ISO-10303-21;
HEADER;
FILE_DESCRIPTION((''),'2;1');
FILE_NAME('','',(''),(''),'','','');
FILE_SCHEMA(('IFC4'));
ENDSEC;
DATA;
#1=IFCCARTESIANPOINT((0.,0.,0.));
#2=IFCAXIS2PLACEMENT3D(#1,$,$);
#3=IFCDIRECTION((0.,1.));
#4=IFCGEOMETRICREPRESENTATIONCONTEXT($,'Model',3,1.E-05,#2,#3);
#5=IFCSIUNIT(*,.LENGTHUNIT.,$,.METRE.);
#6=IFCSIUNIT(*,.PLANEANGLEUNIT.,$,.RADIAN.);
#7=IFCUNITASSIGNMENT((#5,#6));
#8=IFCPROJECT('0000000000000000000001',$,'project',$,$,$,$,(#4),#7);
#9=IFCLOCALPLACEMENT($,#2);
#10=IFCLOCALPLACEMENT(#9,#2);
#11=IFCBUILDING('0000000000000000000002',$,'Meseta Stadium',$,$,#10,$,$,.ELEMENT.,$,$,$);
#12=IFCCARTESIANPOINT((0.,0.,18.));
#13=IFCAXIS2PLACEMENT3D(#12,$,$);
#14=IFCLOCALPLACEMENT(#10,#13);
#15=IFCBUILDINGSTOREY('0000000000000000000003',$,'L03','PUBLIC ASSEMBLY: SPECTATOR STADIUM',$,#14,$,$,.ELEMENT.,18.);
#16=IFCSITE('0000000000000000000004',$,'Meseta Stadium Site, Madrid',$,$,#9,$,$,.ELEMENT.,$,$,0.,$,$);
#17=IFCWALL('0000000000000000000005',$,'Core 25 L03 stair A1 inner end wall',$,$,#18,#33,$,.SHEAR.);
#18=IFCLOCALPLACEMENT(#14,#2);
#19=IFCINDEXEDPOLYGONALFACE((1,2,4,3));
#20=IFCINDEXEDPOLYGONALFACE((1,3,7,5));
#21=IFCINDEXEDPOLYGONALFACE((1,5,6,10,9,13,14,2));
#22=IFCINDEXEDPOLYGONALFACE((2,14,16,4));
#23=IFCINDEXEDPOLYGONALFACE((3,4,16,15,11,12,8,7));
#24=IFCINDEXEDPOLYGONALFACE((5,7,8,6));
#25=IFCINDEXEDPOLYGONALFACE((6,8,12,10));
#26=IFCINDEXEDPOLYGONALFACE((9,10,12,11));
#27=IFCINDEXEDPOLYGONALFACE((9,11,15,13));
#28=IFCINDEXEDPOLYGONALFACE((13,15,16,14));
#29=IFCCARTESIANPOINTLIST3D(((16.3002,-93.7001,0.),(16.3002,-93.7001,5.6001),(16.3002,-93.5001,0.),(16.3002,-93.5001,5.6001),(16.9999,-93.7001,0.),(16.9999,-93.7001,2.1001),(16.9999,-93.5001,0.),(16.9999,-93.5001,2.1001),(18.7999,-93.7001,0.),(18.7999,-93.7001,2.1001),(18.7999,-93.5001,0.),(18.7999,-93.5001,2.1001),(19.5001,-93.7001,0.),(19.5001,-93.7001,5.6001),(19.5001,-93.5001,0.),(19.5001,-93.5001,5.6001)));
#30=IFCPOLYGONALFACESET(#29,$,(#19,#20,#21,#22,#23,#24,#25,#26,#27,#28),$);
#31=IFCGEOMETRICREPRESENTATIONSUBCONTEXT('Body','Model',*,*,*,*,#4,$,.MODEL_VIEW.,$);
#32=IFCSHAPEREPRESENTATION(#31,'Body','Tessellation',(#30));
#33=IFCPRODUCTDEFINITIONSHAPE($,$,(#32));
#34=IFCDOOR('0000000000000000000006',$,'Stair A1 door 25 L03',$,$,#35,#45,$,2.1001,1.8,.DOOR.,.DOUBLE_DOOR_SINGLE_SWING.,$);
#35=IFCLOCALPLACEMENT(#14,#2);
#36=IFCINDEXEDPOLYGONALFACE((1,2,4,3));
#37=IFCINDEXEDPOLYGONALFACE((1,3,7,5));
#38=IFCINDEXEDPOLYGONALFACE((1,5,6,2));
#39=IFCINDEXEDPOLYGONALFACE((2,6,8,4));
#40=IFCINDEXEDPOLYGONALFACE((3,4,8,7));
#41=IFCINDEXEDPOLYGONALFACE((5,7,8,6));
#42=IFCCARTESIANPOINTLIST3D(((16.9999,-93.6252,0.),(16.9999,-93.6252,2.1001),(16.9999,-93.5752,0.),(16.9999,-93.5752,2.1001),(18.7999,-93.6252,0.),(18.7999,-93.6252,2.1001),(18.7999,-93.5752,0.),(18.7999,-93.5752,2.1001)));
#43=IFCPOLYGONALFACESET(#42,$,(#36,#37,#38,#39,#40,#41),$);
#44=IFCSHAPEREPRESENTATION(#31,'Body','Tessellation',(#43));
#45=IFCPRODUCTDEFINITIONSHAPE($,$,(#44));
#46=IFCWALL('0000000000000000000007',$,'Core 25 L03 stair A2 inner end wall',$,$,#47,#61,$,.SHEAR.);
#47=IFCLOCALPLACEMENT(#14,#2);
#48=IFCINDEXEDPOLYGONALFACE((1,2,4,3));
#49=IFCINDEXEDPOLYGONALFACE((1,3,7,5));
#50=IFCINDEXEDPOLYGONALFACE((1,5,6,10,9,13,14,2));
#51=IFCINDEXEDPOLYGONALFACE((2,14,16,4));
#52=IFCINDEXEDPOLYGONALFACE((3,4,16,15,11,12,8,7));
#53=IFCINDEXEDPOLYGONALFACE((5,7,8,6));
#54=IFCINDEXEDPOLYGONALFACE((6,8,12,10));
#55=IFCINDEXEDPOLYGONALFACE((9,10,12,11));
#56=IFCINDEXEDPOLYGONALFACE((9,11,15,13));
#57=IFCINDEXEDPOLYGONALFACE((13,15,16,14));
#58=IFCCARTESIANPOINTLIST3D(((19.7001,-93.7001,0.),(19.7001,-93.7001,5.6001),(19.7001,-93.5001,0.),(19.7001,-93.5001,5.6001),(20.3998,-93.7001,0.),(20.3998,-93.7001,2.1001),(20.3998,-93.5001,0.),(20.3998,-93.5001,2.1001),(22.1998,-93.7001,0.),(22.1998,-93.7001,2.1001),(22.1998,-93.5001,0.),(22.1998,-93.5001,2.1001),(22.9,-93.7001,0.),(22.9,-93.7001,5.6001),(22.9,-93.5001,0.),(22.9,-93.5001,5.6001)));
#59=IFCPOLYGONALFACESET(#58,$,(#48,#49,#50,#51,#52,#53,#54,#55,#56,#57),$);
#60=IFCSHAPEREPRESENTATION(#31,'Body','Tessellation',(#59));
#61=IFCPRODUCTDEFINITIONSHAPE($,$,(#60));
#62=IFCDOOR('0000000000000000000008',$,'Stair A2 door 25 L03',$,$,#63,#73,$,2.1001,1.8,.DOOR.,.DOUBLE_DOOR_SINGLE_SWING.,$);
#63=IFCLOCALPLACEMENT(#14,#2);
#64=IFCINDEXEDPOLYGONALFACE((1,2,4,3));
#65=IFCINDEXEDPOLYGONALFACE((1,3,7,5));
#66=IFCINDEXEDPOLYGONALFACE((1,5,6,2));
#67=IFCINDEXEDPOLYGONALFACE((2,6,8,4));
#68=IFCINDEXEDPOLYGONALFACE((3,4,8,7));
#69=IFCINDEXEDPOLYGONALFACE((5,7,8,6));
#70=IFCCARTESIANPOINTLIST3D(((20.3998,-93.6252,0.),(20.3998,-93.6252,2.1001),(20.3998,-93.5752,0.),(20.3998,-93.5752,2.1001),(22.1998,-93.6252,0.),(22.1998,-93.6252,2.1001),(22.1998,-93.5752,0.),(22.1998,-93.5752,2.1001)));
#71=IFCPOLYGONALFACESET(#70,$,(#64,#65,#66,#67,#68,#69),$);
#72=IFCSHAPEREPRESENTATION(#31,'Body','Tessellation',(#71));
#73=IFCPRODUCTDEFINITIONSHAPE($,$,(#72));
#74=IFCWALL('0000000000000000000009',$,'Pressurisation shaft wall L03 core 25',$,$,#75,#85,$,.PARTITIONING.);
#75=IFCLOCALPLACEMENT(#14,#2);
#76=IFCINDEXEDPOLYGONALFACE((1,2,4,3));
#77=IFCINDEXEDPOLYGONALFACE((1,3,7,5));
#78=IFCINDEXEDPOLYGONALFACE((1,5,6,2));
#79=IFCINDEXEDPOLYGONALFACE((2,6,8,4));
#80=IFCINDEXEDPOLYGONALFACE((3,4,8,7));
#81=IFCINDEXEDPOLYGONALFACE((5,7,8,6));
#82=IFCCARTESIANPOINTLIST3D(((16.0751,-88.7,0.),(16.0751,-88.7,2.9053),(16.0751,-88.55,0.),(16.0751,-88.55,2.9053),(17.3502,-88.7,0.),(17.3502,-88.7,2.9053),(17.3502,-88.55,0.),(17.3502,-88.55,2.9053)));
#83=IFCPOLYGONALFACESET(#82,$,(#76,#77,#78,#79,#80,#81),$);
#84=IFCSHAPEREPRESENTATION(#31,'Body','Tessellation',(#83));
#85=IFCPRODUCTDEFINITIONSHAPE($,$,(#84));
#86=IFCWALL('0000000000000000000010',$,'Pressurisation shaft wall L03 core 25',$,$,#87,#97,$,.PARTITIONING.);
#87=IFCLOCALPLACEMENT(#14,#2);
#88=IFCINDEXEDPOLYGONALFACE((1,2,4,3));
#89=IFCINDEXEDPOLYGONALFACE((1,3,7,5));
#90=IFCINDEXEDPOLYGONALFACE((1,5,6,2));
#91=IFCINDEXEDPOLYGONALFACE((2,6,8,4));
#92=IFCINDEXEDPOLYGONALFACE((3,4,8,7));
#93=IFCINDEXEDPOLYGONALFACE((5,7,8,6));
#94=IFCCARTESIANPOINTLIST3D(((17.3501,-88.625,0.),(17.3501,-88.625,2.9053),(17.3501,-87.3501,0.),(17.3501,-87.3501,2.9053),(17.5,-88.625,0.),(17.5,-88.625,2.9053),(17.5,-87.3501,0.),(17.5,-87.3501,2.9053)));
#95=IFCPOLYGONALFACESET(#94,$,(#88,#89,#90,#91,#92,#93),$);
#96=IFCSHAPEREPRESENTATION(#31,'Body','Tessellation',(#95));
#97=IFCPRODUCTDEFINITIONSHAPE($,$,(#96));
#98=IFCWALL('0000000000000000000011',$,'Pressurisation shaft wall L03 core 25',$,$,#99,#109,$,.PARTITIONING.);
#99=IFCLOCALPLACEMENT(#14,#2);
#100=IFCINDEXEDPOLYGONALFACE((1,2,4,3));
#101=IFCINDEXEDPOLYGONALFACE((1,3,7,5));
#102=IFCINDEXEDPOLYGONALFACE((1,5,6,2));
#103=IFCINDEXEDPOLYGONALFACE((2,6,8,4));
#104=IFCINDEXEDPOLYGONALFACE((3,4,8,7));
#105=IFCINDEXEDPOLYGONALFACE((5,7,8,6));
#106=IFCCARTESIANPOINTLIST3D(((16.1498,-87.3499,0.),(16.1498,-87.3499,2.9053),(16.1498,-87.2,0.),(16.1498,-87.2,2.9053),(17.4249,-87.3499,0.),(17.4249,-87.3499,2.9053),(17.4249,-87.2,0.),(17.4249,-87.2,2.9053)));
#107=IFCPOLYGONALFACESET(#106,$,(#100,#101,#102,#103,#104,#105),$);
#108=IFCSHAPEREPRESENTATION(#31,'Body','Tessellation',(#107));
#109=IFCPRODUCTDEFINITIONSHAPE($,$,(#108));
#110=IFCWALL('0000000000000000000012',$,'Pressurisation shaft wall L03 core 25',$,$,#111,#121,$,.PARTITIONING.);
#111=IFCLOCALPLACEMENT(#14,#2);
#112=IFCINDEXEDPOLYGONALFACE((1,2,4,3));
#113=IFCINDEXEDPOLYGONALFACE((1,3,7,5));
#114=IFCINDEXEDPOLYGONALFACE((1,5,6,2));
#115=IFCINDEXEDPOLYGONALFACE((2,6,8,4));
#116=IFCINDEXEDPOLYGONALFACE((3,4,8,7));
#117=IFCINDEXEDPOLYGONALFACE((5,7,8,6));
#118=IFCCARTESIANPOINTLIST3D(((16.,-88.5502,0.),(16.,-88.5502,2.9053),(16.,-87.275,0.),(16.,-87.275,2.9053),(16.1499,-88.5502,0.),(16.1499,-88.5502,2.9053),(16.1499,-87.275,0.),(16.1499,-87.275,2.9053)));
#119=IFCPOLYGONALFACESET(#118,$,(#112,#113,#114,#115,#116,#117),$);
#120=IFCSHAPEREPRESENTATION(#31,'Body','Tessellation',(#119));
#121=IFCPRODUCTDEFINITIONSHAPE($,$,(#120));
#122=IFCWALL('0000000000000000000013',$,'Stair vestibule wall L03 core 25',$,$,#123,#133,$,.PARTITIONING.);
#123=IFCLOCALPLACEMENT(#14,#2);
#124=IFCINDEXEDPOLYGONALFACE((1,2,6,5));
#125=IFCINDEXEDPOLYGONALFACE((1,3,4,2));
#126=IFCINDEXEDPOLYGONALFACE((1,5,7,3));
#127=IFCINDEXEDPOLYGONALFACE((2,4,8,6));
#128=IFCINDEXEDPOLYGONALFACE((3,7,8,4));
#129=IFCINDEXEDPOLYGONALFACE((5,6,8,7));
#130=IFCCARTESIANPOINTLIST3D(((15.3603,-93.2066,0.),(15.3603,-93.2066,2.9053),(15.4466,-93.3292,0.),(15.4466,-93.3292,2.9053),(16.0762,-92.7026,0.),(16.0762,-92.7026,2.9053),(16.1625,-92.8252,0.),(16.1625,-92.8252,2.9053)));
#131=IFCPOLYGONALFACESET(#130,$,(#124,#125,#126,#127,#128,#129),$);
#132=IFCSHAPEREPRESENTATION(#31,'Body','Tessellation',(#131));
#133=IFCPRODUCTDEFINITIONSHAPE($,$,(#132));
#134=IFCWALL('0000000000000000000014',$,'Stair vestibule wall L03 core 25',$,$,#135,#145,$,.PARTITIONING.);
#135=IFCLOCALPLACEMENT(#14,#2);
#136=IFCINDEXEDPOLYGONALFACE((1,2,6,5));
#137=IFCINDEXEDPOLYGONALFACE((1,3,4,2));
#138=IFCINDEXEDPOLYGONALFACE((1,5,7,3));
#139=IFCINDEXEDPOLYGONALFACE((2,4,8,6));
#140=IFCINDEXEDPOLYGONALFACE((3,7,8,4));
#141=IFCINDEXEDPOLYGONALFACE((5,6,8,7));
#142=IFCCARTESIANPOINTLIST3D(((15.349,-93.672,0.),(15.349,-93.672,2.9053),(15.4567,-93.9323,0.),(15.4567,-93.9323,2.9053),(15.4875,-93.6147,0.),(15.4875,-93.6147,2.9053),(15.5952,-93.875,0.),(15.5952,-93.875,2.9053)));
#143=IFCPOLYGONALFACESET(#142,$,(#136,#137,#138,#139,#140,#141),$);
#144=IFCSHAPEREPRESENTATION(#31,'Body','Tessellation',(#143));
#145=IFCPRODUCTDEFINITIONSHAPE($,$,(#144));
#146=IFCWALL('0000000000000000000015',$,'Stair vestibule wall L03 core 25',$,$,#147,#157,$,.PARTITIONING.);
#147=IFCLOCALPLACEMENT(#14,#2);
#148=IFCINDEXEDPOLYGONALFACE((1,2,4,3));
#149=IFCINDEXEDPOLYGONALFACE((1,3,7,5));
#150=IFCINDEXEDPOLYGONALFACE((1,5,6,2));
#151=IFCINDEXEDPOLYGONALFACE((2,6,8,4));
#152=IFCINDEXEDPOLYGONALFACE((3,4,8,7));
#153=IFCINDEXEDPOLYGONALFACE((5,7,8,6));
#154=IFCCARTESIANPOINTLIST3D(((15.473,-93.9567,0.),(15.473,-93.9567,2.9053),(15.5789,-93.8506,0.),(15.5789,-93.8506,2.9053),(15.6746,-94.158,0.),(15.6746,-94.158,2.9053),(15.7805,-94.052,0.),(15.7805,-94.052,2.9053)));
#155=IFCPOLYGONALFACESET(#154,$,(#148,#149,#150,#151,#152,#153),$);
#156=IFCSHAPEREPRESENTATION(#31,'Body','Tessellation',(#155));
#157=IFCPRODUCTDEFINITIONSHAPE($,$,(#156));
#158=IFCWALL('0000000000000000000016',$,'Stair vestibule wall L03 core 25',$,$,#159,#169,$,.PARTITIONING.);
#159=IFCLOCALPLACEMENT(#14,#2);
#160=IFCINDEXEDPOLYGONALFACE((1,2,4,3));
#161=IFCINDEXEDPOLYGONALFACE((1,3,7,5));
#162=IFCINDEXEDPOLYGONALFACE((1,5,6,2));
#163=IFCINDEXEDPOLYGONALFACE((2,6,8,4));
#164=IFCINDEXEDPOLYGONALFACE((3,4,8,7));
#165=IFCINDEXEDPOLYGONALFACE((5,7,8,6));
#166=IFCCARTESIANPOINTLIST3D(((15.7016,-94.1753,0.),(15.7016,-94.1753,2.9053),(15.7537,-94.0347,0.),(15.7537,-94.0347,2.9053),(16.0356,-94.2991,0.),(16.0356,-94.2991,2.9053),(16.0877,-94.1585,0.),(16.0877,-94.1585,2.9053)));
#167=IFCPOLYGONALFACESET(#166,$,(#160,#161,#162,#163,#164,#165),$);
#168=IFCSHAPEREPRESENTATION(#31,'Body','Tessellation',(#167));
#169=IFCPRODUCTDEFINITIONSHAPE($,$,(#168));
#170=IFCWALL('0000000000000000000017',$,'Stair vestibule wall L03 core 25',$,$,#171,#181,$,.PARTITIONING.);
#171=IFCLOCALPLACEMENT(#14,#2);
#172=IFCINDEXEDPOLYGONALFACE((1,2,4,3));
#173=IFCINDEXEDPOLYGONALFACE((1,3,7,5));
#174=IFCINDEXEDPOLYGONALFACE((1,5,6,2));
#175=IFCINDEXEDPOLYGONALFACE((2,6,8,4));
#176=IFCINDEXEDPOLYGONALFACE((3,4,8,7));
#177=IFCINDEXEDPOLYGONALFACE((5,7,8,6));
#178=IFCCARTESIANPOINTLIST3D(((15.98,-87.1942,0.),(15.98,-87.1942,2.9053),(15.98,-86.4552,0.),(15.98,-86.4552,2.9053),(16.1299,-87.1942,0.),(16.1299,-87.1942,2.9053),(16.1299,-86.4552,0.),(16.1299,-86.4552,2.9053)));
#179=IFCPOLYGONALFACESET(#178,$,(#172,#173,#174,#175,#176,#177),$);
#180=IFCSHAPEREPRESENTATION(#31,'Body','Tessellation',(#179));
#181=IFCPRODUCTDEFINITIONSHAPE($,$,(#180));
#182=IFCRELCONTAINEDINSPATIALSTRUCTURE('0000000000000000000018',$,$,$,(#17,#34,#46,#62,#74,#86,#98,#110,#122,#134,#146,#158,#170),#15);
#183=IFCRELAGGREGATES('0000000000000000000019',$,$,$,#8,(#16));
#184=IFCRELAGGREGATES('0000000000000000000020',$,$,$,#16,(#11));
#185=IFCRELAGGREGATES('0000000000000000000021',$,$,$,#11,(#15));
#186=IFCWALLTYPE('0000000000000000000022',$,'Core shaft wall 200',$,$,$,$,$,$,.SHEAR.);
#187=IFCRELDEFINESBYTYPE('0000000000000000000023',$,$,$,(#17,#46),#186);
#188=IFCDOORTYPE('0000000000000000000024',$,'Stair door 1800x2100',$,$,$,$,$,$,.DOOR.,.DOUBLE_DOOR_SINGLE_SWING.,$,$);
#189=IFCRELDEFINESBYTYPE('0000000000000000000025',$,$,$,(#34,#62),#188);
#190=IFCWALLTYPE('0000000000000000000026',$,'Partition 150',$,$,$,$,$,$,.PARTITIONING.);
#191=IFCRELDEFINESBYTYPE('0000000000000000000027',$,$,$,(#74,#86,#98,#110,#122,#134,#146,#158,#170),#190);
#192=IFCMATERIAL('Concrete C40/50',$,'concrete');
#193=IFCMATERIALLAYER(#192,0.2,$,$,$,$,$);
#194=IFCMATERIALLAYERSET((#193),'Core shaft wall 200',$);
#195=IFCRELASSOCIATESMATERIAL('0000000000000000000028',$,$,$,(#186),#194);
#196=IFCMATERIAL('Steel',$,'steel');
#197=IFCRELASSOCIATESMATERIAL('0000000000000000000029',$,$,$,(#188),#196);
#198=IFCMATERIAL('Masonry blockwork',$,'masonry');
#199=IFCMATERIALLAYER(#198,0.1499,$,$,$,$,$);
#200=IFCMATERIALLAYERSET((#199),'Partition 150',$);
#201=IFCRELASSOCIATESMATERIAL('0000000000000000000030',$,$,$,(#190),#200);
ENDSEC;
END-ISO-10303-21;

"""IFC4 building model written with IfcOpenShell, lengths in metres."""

from ifc_helpers import new_model, si_unit, direction, frame, frame_2d, origin, place, context, subcontext, project, spatial, rectangle, extrude, material, layer, layer_set, type_object, element, fill, save


model = new_model("IFC4")

# Units and contexts
model_context = context("Model", 3, precision=1e-05, world=origin(), true_north=direction((0.0, 1.0)))
body_context = subcontext(model_context, "Body", "Model", "MODEL_VIEW")
ifc_project = project(units=[si_unit("LENGTHUNIT", "METRE"), si_unit("PLANEANGLEUNIT", "RADIAN")], contexts=[model_context])

# Site, building, storey
site_placement = place(None, origin())
site = spatial("IfcSite", under=ifc_project, at=site_placement, Name="Meseta Stadium Site, Madrid", CompositionType="ELEMENT", RefElevation=0.0)
building_placement = place(site_placement, origin())
building = spatial("IfcBuilding", under=site, at=building_placement, Name="Meseta Stadium", CompositionType="ELEMENT")
storey_placement = place(building_placement, frame((0.0, 0.0, 18.0)))
storey = spatial("IfcBuildingStorey", under=building, at=storey_placement, Name="L03", Description="PUBLIC ASSEMBLY: SPECTATOR STADIUM", CompositionType="ELEMENT", Elevation=18.0)

# Walls, openings, doors
ifc_material_1 = material(Name="Concrete C40/50", Category="concrete")
ifc_layer_1 = layer(ifc_material_1, 0.2)
ifc_layer_set_1 = layer_set([ifc_layer_1], Name="Core shaft wall 200")
wall_type_1 = type_object("IfcWallType", Name="Core shaft wall 200", PredefinedType="SHEAR", material=ifc_layer_set_1)
wall_1_placement = place(storey_placement, frame((16.3, -93.6001, 0.0), z_axis=(0.0, 0.0, 1.0), x_axis=(1.0, 0.0, 0.0)))
wall_1 = element("IfcWall", 1, at=wall_1_placement, inside=storey, type_object=wall_type_1, Name="Core 25 L03 stair A1 inner end wall", PredefinedType="SHEAR", context=body_context, shape_type="SweptSolid", body=[
    extrude(rectangle(XDim=3.2, YDim=0.2, at=frame_2d((1.6001, 0.0))), origin(), (0.0, 0.0, 1.0), 5.6001),
])
opening_1_placement = place(wall_1_placement, frame((0.7, 0.0, 0.0)))
opening_1 = element("IfcOpeningElement", 2, at=opening_1_placement, cuts=wall_1, PredefinedType="OPENING", context=body_context, shape_type="SweptSolid", body=[
    extrude(rectangle(XDim=1.8, YDim=2.1001, at=frame_2d((0.8999, 1.05))), frame((0.0, 0.1099, 0.0), z_axis=(0.0, -1.0, 0.0), x_axis=(1.0, 0.0, 0.0)), (0.0, 0.0, 1.0), 0.22),
])
ifc_material_2 = material(Name="Steel", Category="steel")
door_type = type_object("IfcDoorType", Name="Stair door 1800x2100", OperationType="DOUBLE_DOOR_SINGLE_SWING", PredefinedType="DOOR", material=ifc_material_2)
door_1_placement = place(opening_1_placement, origin())
door_1 = element("IfcDoor", 3, at=door_1_placement, inside=storey, type_object=door_type, Name="Stair A1 door 25 L03", OperationType="DOUBLE_DOOR_SINGLE_SWING", OverallHeight=2.1001, OverallWidth=1.8, PredefinedType="DOOR", context=body_context, shape_type="SweptSolid", body=[
    extrude(rectangle(XDim=1.8, YDim=2.1001, at=frame_2d((0.8999, 1.05))), frame((0.0, 0.0249, 0.0), z_axis=(0.0, -1.0, 0.0), x_axis=(1.0, 0.0, 0.0)), (0.0, 0.0, 1.0), 0.05),
])
fill(opening_1, door_1)
wall_2_placement = place(storey_placement, frame((19.7, -93.6001, 0.0), z_axis=(0.0, 0.0, 1.0), x_axis=(1.0, 0.0, 0.0)))
wall_2 = element("IfcWall", 4, at=wall_2_placement, inside=storey, type_object=wall_type_1, Name="Core 25 L03 stair A2 inner end wall", PredefinedType="SHEAR", context=body_context, shape_type="SweptSolid", body=[
    extrude(rectangle(XDim=3.2, YDim=0.2, at=frame_2d((1.6001, 0.0))), origin(), (0.0, 0.0, 1.0), 5.6001),
])
opening_2_placement = place(wall_2_placement, frame((0.7, 0.0, 0.0)))
opening_2 = element("IfcOpeningElement", 5, at=opening_2_placement, cuts=wall_2, PredefinedType="OPENING", context=body_context, shape_type="SweptSolid", body=[
    extrude(rectangle(XDim=1.8, YDim=2.1001, at=frame_2d((0.8999, 1.05))), frame((0.0, 0.1099, 0.0), z_axis=(0.0, -1.0, 0.0), x_axis=(1.0, 0.0, 0.0)), (0.0, 0.0, 1.0), 0.22),
])
door_2_placement = place(opening_2_placement, origin())
door_2 = element("IfcDoor", 6, at=door_2_placement, inside=storey, type_object=door_type, Name="Stair A2 door 25 L03", OperationType="DOUBLE_DOOR_SINGLE_SWING", OverallHeight=2.1001, OverallWidth=1.8, PredefinedType="DOOR", context=body_context, shape_type="SweptSolid", body=[
    extrude(rectangle(XDim=1.8, YDim=2.1001, at=frame_2d((0.8999, 1.05))), frame((0.0, 0.0249, 0.0), z_axis=(0.0, -1.0, 0.0), x_axis=(1.0, 0.0, 0.0)), (0.0, 0.0, 1.0), 0.05),
])
fill(opening_2, door_2)

# Walls
ifc_material_3 = material(Name="Masonry blockwork", Category="masonry")
ifc_layer_2 = layer(ifc_material_3, 0.1499)
ifc_layer_set_2 = layer_set([ifc_layer_2], Name="Partition 150")
wall_type_2 = type_object("IfcWallType", Name="Partition 150", PredefinedType="PARTITIONING", material=ifc_layer_set_2)
wall_3_placement = place(storey_placement, frame((16.075, -88.625, 0.0), z_axis=(0.0, 0.0, 1.0), x_axis=(1.0, 0.0, 0.0)))
element("IfcWall", 7, at=wall_3_placement, inside=storey, type_object=wall_type_2, Name="Pressurisation shaft wall L03 core 25", PredefinedType="PARTITIONING", context=body_context, shape_type="SweptSolid", body=[
    extrude(rectangle(XDim=1.2751, YDim=0.1499, at=frame_2d((0.6377, 0.0))), origin(), (0.0, 0.0, 1.0), 2.9053),
])
wall_4_placement = place(storey_placement, frame((17.425, -88.625, 0.0), z_axis=(0.0, 0.0, 1.0), x_axis=(0.0, 1.0, 0.0)))
element("IfcWall", 8, at=wall_4_placement, inside=storey, type_object=wall_type_2, Name="Pressurisation shaft wall L03 core 25", PredefinedType="PARTITIONING", context=body_context, shape_type="SweptSolid", body=[
    extrude(rectangle(XDim=1.2749, YDim=0.1499, at=frame_2d((0.6375, 0.0))), origin(), (0.0, 0.0, 1.0), 2.9053),
])
for number, where, z_axis, x_axis, name in (
    (9, (17.425, -87.2749, 0.0), (0.0, 0.0, 1.0), (-1.0, 0.0, 0.0), "Pressurisation shaft wall L03 core 25"),
    (10, (16.075, -87.2749, 0.0), (0.0, 0.0, 1.0), (0.0, -1.0, 0.0), "Pressurisation shaft wall L03 core 25"),
):
    element("IfcWall", number, at=place(storey_placement, frame(where, z_axis=z_axis, x_axis=x_axis)), inside=storey, type_object=wall_type_2, Name=name, PredefinedType="PARTITIONING", context=body_context, shape_type="SweptSolid", body=[
        extrude(rectangle(XDim=1.2751, YDim=0.1499, at=frame_2d((0.6377, 0.0))), origin(), (0.0, 0.0, 1.0), 2.9053),
    ])
wall_5_placement = place(storey_placement, frame((16.1194, -92.7639, 0.0), z_axis=(0.0, 0.0, 1.0), x_axis=(-0.817709, -0.575632, 0.0)))
element("IfcWall", 11, at=wall_5_placement, inside=storey, type_object=wall_type_2, Name="Stair vestibule wall L03 core 25", PredefinedType="PARTITIONING", context=body_context, shape_type="SweptSolid", body=[
    extrude(rectangle(XDim=0.8755, YDim=0.1499, at=frame_2d((0.4377, 0.0))), origin(), (0.0, 0.0, 1.0), 2.9053),
])
wall_6_placement = place(storey_placement, frame((15.4182, -93.6433, 0.0), z_axis=(0.0, 0.0, 1.0), x_axis=(0.382275, -0.924049, 0.0)))
element("IfcWall", 12, at=wall_6_placement, inside=storey, type_object=wall_type_2, Name="Stair vestibule wall L03 core 25", PredefinedType="PARTITIONING", context=body_context, shape_type="SweptSolid", body=[
    extrude(rectangle(XDim=0.2817, YDim=0.1499, at=frame_2d((0.1409, 0.0))), origin(), (0.0, 0.0, 1.0), 2.9053),
])
wall_7_placement = place(storey_placement, frame((15.5259, -93.9036, 0.0), z_axis=(0.0, 0.0, 1.0), x_axis=(0.707535, -0.706678, 0.0)))
element("IfcWall", 13, at=wall_7_placement, inside=storey, type_object=wall_type_2, Name="Stair vestibule wall L03 core 25", PredefinedType="PARTITIONING", context=body_context, shape_type="SweptSolid", body=[
    extrude(rectangle(XDim=0.2849, YDim=0.1499, at=frame_2d((0.1426, 0.0))), origin(), (0.0, 0.0, 1.0), 2.9053),
])
wall_8_placement = place(storey_placement, frame((15.7275, -94.105, 0.0), z_axis=(0.0, 0.0, 1.0), x_axis=(0.937674, -0.347515, 0.0)))
element("IfcWall", 14, at=wall_8_placement, inside=storey, type_object=wall_type_2, Name="Stair vestibule wall L03 core 25", PredefinedType="PARTITIONING", context=body_context, shape_type="SweptSolid", body=[
    extrude(rectangle(XDim=0.3562, YDim=0.1499, at=frame_2d((0.1782, 0.0))), origin(), (0.0, 0.0, 1.0), 2.9053),
])
wall_9_placement = place(storey_placement, frame((16.0549, -86.4551, 0.0), z_axis=(0.0, 0.0, 1.0), x_axis=(0.0, -1.0, 0.0)))
element("IfcWall", 15, at=wall_9_placement, inside=storey, type_object=wall_type_2, Name="Stair vestibule wall L03 core 25", PredefinedType="PARTITIONING", context=body_context, shape_type="SweptSolid", body=[
    extrude(rectangle(XDim=0.739, YDim=0.1499, at=frame_2d((0.3696, 0.0))), origin(), (0.0, 0.0, 1.0), 2.9053),
])

save(model, "model.ifc")
